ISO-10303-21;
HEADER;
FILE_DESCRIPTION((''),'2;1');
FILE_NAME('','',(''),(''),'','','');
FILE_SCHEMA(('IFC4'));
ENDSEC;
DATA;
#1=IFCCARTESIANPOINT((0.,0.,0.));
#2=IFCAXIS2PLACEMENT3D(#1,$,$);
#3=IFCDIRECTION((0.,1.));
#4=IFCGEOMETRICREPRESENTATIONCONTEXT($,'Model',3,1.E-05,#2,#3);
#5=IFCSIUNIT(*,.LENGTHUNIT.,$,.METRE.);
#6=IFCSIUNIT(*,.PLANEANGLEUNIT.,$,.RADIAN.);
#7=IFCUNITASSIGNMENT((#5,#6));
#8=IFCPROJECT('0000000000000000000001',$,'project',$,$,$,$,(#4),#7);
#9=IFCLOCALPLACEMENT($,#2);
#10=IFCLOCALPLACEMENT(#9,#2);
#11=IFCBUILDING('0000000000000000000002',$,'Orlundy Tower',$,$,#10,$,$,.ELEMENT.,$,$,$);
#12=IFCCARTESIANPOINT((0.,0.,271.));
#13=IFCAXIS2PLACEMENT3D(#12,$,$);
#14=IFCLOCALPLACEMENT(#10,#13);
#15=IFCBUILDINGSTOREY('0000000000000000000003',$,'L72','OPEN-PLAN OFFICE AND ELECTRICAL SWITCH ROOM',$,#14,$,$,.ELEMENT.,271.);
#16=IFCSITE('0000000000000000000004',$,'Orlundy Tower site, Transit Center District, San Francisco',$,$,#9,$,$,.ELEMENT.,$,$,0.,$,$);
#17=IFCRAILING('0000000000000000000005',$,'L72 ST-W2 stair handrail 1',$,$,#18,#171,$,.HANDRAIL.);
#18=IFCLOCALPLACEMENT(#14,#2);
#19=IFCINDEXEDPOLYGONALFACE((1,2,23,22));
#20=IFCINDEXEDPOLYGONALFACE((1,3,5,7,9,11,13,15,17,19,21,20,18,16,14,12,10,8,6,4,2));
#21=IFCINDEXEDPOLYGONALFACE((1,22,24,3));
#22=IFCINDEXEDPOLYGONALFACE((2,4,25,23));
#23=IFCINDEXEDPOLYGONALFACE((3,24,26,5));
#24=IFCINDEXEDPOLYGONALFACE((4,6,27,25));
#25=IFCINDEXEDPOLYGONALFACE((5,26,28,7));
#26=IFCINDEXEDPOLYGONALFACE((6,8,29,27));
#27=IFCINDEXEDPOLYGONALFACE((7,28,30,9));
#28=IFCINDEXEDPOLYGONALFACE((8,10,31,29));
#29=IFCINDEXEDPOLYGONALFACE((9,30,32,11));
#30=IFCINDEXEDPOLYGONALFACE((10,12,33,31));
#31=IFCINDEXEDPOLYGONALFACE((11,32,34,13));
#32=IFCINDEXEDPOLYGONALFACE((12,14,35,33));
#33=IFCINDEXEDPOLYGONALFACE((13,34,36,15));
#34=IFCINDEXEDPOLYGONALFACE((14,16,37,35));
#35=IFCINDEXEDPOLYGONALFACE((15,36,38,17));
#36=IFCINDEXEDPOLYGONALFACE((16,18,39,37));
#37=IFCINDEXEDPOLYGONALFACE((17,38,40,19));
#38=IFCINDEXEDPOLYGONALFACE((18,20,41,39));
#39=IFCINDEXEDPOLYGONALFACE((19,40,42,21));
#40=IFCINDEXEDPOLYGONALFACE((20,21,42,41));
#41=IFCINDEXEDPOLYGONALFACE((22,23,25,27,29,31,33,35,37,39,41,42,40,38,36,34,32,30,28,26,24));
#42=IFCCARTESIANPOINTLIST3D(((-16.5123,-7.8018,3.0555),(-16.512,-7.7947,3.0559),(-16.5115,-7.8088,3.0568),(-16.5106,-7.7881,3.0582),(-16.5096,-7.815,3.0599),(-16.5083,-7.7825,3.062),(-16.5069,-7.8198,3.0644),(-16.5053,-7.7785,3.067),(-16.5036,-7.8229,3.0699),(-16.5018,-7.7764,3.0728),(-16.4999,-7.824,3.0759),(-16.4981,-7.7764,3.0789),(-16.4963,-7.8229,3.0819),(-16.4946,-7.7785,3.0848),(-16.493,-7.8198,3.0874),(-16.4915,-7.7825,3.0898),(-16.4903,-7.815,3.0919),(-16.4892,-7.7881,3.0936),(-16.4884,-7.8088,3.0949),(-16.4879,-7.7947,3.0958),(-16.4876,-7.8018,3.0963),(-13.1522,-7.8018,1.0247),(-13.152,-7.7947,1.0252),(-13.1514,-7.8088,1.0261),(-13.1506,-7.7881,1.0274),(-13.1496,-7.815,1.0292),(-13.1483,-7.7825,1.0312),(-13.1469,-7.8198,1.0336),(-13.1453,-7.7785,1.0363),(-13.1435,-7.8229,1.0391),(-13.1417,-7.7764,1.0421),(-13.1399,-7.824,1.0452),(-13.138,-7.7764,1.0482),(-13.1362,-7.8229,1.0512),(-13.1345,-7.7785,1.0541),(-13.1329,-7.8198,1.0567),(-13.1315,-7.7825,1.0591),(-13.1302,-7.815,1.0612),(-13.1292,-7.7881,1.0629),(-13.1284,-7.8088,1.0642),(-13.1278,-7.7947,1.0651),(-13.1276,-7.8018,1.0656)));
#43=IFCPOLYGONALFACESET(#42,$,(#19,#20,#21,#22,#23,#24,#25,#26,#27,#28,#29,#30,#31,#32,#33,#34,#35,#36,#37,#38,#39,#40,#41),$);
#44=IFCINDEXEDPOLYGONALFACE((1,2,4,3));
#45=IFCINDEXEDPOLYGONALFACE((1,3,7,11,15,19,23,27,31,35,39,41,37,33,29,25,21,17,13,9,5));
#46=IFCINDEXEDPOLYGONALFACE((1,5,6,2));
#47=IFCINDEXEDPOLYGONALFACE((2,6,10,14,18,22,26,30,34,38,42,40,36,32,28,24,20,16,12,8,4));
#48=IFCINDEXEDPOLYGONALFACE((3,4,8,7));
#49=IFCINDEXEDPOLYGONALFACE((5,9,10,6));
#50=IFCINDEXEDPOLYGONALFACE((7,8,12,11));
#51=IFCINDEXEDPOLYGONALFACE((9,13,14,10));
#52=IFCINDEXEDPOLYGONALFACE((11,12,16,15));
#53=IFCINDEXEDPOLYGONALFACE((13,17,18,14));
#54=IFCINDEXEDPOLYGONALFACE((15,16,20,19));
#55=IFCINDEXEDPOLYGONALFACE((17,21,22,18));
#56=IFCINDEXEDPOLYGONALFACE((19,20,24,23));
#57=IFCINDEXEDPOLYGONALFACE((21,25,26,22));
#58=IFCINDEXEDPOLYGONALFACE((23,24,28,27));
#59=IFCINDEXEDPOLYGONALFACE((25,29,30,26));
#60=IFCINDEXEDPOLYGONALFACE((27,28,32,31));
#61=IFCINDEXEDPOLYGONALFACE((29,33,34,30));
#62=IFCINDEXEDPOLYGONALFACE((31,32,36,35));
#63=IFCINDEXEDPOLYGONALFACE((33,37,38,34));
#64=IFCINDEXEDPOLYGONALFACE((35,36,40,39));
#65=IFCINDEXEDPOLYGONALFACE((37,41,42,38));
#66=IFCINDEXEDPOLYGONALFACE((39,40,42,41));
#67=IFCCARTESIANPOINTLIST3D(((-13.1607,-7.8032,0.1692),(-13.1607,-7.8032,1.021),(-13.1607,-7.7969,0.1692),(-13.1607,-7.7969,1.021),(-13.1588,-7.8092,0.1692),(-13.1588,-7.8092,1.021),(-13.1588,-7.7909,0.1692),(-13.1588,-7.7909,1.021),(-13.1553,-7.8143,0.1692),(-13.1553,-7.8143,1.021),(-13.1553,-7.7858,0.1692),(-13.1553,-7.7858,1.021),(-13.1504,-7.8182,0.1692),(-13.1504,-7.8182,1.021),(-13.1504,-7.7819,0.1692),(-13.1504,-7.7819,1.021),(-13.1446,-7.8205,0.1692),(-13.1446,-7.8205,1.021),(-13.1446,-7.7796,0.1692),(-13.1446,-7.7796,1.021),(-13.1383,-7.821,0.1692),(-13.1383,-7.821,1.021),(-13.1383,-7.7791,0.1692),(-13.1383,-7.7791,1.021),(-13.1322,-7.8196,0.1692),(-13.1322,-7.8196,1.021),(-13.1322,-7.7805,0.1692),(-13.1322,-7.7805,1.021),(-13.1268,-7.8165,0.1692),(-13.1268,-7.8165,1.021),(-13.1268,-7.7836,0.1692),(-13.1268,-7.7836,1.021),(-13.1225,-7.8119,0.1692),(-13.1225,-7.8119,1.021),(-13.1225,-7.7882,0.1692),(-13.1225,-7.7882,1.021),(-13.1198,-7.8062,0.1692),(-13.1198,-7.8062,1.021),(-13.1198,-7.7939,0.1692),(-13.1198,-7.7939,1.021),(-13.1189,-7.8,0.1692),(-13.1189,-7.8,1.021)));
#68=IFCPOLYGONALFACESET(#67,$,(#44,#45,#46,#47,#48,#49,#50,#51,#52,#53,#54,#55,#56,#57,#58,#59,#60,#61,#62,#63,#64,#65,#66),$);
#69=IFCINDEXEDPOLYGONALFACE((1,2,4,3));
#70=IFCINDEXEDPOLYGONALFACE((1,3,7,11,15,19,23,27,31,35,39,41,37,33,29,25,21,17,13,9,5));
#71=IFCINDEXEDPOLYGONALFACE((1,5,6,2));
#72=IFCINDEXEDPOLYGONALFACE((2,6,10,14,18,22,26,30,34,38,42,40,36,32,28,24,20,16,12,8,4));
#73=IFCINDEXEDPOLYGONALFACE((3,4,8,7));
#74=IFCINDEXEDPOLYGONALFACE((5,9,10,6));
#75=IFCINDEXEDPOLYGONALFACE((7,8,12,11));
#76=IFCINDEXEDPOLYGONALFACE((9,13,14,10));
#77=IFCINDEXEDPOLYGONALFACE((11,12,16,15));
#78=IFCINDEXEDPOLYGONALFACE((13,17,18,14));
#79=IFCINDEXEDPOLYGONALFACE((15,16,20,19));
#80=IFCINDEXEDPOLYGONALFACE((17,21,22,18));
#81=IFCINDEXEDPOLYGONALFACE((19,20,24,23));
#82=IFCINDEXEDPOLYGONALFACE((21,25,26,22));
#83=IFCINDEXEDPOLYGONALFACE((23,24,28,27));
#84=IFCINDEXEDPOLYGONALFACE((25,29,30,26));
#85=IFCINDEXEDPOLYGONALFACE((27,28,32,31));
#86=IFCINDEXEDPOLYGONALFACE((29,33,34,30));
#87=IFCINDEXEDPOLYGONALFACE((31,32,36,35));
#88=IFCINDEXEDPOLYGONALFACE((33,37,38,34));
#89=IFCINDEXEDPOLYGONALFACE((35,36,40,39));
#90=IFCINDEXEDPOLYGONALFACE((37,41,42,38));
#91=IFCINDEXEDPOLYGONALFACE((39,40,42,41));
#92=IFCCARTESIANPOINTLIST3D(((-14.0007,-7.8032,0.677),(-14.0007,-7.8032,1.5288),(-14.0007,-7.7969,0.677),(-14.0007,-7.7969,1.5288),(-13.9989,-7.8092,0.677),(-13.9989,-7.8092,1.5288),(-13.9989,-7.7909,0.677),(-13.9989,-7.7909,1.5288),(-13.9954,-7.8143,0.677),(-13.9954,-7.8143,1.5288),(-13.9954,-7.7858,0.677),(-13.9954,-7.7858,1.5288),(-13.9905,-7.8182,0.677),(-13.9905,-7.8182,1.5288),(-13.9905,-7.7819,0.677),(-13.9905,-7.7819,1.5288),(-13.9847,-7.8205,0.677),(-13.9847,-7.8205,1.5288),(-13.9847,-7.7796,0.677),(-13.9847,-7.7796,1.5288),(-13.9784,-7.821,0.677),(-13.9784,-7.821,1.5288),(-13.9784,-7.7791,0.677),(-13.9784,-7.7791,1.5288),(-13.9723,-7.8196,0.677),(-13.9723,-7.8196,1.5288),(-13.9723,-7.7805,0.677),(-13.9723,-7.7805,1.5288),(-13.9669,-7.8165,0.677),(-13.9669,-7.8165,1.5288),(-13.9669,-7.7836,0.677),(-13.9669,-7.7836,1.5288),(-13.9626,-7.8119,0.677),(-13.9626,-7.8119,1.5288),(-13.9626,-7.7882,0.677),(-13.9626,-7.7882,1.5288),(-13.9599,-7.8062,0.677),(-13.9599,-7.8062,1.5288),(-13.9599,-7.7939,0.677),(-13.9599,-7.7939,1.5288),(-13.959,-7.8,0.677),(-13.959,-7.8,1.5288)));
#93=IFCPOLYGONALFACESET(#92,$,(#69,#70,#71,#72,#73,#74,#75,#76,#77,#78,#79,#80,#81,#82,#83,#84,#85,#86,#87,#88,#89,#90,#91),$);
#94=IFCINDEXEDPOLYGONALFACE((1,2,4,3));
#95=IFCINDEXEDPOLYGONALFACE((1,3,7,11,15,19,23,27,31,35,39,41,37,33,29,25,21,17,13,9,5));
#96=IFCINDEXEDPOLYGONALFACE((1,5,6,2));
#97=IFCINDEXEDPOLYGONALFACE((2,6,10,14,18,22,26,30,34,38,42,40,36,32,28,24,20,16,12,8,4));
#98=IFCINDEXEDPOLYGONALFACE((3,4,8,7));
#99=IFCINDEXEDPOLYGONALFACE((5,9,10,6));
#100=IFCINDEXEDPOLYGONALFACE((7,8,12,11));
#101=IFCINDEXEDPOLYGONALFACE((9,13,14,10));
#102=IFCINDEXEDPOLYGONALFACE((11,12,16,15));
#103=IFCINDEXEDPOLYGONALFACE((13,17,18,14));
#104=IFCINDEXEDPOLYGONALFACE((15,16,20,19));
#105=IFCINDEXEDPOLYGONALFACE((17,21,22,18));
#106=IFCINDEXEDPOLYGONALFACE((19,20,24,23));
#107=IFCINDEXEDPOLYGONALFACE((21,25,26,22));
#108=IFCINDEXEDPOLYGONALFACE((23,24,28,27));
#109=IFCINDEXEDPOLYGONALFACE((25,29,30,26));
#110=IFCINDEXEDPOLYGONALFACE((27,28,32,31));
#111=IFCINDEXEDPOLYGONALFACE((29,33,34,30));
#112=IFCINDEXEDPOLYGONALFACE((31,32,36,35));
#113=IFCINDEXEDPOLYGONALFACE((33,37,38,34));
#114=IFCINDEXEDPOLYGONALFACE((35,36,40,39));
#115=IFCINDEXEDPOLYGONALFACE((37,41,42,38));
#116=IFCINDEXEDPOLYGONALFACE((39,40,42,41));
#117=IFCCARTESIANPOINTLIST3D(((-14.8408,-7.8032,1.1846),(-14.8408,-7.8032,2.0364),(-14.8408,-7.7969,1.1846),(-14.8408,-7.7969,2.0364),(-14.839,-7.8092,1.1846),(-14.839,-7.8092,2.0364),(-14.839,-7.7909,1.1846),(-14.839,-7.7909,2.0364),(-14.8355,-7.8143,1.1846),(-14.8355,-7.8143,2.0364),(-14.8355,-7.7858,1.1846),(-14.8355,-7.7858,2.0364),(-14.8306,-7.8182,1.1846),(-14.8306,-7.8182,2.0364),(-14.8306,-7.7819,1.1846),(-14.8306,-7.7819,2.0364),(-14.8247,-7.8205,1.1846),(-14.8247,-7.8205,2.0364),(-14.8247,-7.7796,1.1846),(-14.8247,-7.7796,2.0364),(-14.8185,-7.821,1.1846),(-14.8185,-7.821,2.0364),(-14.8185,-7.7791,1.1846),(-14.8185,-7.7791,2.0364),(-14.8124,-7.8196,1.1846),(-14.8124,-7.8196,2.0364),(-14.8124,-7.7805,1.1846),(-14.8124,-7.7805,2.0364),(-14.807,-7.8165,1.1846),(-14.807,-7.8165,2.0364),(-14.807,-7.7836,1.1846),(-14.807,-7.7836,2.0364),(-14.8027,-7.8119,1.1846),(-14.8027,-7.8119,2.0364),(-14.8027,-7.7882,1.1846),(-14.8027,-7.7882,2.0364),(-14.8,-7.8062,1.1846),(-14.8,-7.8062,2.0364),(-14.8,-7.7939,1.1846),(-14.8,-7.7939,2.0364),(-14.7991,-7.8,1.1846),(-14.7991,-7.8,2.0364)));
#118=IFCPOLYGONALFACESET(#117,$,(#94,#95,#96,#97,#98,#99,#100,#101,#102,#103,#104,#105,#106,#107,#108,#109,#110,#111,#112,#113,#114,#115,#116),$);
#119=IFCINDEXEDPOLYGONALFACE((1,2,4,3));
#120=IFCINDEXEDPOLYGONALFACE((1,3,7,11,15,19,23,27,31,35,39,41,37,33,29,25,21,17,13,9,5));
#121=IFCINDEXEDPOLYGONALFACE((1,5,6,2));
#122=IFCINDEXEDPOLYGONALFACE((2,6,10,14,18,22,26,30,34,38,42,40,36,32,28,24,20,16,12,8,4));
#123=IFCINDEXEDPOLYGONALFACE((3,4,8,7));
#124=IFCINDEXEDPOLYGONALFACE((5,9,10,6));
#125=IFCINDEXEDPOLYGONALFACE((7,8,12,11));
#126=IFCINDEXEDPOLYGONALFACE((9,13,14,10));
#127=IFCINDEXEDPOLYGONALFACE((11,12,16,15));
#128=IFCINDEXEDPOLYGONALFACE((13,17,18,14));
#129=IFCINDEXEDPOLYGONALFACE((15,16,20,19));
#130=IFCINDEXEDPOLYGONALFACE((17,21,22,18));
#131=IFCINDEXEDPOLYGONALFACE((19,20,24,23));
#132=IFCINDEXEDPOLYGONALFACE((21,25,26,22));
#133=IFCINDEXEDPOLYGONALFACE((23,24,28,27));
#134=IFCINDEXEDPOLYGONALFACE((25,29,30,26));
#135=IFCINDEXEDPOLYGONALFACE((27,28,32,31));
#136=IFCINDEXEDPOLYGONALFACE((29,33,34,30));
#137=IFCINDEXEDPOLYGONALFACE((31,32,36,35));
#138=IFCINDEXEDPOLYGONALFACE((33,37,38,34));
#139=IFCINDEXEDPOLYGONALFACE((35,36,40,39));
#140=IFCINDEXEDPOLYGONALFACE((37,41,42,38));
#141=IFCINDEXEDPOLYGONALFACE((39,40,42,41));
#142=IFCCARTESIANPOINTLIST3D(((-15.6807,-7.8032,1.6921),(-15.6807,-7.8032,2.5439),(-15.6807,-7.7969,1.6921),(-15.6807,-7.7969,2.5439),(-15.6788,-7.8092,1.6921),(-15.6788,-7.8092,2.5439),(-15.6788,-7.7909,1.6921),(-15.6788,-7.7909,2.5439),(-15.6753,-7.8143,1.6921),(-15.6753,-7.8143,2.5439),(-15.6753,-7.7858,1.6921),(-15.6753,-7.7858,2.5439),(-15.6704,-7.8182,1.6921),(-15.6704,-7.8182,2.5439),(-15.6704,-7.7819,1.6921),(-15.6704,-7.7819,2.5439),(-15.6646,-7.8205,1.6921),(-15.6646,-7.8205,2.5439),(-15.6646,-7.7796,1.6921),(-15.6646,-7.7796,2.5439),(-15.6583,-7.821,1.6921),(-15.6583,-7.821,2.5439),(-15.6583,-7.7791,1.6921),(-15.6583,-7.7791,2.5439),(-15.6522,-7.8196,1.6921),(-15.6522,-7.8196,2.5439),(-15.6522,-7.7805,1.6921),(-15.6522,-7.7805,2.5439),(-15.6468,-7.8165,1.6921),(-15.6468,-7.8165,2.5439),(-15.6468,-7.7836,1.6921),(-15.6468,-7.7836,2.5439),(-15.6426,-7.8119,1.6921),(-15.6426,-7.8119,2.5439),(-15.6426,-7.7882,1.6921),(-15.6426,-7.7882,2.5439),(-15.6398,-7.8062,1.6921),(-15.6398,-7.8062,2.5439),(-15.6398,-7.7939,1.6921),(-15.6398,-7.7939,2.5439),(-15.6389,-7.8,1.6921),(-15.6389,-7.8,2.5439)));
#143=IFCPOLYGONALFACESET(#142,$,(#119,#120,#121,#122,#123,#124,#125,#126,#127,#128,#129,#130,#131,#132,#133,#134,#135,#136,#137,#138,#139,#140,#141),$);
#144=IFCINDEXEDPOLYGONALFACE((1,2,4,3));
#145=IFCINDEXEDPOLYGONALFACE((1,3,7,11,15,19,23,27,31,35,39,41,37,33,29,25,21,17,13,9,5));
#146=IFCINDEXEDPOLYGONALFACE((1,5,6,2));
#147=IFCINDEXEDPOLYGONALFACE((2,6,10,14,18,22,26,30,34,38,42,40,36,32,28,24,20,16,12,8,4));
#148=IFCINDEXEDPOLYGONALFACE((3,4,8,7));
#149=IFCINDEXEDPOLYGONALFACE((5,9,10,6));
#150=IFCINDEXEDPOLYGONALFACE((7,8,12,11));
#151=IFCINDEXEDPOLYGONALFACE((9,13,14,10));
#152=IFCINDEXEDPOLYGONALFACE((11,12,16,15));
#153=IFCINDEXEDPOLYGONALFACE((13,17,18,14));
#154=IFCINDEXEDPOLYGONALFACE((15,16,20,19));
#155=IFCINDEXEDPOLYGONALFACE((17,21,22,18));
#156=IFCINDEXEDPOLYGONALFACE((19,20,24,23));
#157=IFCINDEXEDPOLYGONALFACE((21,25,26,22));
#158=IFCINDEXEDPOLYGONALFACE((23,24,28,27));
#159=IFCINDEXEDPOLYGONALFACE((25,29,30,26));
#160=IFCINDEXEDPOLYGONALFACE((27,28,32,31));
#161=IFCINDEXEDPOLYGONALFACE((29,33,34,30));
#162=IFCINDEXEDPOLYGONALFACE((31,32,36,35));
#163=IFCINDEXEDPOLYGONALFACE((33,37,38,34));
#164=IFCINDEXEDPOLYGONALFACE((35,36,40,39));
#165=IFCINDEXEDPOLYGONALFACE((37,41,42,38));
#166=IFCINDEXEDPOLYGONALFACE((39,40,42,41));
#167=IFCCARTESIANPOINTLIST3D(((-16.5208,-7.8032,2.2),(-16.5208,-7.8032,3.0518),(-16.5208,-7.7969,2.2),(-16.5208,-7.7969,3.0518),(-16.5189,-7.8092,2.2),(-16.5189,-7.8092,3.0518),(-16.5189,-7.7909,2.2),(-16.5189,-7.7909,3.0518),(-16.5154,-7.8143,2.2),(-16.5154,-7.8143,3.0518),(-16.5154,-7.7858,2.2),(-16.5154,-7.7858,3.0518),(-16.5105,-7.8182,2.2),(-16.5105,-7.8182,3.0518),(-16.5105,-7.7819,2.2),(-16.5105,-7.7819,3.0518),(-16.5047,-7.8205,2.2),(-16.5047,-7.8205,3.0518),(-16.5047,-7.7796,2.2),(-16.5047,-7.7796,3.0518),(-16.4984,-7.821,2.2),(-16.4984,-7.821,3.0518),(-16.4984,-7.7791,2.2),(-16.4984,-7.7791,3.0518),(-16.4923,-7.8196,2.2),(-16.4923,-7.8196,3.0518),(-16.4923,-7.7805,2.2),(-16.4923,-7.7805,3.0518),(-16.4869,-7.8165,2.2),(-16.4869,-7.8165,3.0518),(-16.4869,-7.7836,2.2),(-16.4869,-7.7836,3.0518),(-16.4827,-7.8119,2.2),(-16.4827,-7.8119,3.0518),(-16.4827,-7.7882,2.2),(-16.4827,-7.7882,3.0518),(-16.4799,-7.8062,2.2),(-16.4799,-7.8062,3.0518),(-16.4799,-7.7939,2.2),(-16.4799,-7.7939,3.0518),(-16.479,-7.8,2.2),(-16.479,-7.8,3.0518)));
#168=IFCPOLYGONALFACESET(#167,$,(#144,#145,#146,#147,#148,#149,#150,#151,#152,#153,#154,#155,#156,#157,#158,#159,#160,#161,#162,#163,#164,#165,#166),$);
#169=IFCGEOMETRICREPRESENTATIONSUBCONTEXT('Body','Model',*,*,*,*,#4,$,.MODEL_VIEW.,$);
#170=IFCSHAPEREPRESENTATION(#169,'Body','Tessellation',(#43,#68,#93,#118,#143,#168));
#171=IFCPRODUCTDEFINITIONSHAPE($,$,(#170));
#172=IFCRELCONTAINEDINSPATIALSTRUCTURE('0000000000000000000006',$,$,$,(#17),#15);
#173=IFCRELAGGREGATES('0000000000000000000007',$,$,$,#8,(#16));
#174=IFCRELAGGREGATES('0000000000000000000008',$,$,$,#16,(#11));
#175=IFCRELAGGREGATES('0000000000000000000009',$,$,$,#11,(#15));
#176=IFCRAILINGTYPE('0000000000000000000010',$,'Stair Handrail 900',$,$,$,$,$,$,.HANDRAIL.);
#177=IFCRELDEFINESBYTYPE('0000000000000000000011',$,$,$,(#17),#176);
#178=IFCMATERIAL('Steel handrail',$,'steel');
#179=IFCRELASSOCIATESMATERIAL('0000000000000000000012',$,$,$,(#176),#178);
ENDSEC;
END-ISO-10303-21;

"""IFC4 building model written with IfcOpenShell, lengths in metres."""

from ifc_helpers import new_model, si_unit, direction, frame, origin, origin_2d, place, context, subcontext, project, spatial, circle, extrude, material, type_object, element, save


model = new_model("IFC4")

# Units and contexts
model_context = context("Model", 3, precision=1e-05, world=origin(), true_north=direction((0.0, 1.0)))
body_context = subcontext(model_context, "Body", "Model", "MODEL_VIEW")
ifc_project = project(units=[si_unit("LENGTHUNIT", "METRE"), si_unit("PLANEANGLEUNIT", "RADIAN")], contexts=[model_context])

# Site, building, storey
site_placement = place(None, origin())
site = spatial("IfcSite", under=ifc_project, at=site_placement, Name="Orlundy Tower site, Transit Center District, San Francisco", CompositionType="ELEMENT", RefElevation=0.0)
building_placement = place(site_placement, origin())
building = spatial("IfcBuilding", under=site, at=building_placement, Name="Orlundy Tower", CompositionType="ELEMENT")
storey_placement = place(building_placement, frame((0.0, 0.0, 271.0)))
storey = spatial("IfcBuildingStorey", under=building, at=storey_placement, Name="L72", Description="OPEN-PLAN OFFICE AND ELECTRICAL SWITCH ROOM", CompositionType="ELEMENT", Elevation=271.0)

# Railing
ifc_material_1 = material(Name="Steel handrail", Category="steel")
railing_type_1 = type_object("IfcRailingType", Name="Stair Handrail 900", PredefinedType="HANDRAIL", material=ifc_material_1)
railing_1_placement = place(storey_placement, frame((-13.1399, -7.8, 0.1692)))
element("IfcRailing", 1, at=railing_1_placement, inside=storey, type_object=railing_type_1, Name="L72 ST-W2 stair handrail 1", PredefinedType="HANDRAIL", context=body_context, shape_type="SweptSolid", body=[
    extrude(circle(Radius=0.0239, at=origin_2d()), frame((0.0, 0.0, 0.876), z_axis=(-0.855837, 0.0, 0.517246), x_axis=(0.0, -1.0, 0.0)), (0.0, 0.0, 1.0), 3.926),
    extrude(circle(Radius=0.021, at=origin_2d()), origin(), (0.0, 0.0, 1.0), 0.8518),
    extrude(circle(Radius=0.021, at=origin_2d()), frame((-0.8401, 0.0, 0.5078)), (0.0, 0.0, 1.0), 0.8518),
    extrude(circle(Radius=0.021, at=origin_2d()), frame((-1.6802, 0.0, 1.0154)), (0.0, 0.0, 1.0), 0.8518),
    extrude(circle(Radius=0.021, at=origin_2d()), frame((-2.52, 0.0, 1.5229)), (0.0, 0.0, 1.0), 0.8518),
    extrude(circle(Radius=0.021, at=origin_2d()), frame((-3.3601, 0.0, 2.0308)), (0.0, 0.0, 1.0), 0.8518),
])

save(model, "model.ifc")
